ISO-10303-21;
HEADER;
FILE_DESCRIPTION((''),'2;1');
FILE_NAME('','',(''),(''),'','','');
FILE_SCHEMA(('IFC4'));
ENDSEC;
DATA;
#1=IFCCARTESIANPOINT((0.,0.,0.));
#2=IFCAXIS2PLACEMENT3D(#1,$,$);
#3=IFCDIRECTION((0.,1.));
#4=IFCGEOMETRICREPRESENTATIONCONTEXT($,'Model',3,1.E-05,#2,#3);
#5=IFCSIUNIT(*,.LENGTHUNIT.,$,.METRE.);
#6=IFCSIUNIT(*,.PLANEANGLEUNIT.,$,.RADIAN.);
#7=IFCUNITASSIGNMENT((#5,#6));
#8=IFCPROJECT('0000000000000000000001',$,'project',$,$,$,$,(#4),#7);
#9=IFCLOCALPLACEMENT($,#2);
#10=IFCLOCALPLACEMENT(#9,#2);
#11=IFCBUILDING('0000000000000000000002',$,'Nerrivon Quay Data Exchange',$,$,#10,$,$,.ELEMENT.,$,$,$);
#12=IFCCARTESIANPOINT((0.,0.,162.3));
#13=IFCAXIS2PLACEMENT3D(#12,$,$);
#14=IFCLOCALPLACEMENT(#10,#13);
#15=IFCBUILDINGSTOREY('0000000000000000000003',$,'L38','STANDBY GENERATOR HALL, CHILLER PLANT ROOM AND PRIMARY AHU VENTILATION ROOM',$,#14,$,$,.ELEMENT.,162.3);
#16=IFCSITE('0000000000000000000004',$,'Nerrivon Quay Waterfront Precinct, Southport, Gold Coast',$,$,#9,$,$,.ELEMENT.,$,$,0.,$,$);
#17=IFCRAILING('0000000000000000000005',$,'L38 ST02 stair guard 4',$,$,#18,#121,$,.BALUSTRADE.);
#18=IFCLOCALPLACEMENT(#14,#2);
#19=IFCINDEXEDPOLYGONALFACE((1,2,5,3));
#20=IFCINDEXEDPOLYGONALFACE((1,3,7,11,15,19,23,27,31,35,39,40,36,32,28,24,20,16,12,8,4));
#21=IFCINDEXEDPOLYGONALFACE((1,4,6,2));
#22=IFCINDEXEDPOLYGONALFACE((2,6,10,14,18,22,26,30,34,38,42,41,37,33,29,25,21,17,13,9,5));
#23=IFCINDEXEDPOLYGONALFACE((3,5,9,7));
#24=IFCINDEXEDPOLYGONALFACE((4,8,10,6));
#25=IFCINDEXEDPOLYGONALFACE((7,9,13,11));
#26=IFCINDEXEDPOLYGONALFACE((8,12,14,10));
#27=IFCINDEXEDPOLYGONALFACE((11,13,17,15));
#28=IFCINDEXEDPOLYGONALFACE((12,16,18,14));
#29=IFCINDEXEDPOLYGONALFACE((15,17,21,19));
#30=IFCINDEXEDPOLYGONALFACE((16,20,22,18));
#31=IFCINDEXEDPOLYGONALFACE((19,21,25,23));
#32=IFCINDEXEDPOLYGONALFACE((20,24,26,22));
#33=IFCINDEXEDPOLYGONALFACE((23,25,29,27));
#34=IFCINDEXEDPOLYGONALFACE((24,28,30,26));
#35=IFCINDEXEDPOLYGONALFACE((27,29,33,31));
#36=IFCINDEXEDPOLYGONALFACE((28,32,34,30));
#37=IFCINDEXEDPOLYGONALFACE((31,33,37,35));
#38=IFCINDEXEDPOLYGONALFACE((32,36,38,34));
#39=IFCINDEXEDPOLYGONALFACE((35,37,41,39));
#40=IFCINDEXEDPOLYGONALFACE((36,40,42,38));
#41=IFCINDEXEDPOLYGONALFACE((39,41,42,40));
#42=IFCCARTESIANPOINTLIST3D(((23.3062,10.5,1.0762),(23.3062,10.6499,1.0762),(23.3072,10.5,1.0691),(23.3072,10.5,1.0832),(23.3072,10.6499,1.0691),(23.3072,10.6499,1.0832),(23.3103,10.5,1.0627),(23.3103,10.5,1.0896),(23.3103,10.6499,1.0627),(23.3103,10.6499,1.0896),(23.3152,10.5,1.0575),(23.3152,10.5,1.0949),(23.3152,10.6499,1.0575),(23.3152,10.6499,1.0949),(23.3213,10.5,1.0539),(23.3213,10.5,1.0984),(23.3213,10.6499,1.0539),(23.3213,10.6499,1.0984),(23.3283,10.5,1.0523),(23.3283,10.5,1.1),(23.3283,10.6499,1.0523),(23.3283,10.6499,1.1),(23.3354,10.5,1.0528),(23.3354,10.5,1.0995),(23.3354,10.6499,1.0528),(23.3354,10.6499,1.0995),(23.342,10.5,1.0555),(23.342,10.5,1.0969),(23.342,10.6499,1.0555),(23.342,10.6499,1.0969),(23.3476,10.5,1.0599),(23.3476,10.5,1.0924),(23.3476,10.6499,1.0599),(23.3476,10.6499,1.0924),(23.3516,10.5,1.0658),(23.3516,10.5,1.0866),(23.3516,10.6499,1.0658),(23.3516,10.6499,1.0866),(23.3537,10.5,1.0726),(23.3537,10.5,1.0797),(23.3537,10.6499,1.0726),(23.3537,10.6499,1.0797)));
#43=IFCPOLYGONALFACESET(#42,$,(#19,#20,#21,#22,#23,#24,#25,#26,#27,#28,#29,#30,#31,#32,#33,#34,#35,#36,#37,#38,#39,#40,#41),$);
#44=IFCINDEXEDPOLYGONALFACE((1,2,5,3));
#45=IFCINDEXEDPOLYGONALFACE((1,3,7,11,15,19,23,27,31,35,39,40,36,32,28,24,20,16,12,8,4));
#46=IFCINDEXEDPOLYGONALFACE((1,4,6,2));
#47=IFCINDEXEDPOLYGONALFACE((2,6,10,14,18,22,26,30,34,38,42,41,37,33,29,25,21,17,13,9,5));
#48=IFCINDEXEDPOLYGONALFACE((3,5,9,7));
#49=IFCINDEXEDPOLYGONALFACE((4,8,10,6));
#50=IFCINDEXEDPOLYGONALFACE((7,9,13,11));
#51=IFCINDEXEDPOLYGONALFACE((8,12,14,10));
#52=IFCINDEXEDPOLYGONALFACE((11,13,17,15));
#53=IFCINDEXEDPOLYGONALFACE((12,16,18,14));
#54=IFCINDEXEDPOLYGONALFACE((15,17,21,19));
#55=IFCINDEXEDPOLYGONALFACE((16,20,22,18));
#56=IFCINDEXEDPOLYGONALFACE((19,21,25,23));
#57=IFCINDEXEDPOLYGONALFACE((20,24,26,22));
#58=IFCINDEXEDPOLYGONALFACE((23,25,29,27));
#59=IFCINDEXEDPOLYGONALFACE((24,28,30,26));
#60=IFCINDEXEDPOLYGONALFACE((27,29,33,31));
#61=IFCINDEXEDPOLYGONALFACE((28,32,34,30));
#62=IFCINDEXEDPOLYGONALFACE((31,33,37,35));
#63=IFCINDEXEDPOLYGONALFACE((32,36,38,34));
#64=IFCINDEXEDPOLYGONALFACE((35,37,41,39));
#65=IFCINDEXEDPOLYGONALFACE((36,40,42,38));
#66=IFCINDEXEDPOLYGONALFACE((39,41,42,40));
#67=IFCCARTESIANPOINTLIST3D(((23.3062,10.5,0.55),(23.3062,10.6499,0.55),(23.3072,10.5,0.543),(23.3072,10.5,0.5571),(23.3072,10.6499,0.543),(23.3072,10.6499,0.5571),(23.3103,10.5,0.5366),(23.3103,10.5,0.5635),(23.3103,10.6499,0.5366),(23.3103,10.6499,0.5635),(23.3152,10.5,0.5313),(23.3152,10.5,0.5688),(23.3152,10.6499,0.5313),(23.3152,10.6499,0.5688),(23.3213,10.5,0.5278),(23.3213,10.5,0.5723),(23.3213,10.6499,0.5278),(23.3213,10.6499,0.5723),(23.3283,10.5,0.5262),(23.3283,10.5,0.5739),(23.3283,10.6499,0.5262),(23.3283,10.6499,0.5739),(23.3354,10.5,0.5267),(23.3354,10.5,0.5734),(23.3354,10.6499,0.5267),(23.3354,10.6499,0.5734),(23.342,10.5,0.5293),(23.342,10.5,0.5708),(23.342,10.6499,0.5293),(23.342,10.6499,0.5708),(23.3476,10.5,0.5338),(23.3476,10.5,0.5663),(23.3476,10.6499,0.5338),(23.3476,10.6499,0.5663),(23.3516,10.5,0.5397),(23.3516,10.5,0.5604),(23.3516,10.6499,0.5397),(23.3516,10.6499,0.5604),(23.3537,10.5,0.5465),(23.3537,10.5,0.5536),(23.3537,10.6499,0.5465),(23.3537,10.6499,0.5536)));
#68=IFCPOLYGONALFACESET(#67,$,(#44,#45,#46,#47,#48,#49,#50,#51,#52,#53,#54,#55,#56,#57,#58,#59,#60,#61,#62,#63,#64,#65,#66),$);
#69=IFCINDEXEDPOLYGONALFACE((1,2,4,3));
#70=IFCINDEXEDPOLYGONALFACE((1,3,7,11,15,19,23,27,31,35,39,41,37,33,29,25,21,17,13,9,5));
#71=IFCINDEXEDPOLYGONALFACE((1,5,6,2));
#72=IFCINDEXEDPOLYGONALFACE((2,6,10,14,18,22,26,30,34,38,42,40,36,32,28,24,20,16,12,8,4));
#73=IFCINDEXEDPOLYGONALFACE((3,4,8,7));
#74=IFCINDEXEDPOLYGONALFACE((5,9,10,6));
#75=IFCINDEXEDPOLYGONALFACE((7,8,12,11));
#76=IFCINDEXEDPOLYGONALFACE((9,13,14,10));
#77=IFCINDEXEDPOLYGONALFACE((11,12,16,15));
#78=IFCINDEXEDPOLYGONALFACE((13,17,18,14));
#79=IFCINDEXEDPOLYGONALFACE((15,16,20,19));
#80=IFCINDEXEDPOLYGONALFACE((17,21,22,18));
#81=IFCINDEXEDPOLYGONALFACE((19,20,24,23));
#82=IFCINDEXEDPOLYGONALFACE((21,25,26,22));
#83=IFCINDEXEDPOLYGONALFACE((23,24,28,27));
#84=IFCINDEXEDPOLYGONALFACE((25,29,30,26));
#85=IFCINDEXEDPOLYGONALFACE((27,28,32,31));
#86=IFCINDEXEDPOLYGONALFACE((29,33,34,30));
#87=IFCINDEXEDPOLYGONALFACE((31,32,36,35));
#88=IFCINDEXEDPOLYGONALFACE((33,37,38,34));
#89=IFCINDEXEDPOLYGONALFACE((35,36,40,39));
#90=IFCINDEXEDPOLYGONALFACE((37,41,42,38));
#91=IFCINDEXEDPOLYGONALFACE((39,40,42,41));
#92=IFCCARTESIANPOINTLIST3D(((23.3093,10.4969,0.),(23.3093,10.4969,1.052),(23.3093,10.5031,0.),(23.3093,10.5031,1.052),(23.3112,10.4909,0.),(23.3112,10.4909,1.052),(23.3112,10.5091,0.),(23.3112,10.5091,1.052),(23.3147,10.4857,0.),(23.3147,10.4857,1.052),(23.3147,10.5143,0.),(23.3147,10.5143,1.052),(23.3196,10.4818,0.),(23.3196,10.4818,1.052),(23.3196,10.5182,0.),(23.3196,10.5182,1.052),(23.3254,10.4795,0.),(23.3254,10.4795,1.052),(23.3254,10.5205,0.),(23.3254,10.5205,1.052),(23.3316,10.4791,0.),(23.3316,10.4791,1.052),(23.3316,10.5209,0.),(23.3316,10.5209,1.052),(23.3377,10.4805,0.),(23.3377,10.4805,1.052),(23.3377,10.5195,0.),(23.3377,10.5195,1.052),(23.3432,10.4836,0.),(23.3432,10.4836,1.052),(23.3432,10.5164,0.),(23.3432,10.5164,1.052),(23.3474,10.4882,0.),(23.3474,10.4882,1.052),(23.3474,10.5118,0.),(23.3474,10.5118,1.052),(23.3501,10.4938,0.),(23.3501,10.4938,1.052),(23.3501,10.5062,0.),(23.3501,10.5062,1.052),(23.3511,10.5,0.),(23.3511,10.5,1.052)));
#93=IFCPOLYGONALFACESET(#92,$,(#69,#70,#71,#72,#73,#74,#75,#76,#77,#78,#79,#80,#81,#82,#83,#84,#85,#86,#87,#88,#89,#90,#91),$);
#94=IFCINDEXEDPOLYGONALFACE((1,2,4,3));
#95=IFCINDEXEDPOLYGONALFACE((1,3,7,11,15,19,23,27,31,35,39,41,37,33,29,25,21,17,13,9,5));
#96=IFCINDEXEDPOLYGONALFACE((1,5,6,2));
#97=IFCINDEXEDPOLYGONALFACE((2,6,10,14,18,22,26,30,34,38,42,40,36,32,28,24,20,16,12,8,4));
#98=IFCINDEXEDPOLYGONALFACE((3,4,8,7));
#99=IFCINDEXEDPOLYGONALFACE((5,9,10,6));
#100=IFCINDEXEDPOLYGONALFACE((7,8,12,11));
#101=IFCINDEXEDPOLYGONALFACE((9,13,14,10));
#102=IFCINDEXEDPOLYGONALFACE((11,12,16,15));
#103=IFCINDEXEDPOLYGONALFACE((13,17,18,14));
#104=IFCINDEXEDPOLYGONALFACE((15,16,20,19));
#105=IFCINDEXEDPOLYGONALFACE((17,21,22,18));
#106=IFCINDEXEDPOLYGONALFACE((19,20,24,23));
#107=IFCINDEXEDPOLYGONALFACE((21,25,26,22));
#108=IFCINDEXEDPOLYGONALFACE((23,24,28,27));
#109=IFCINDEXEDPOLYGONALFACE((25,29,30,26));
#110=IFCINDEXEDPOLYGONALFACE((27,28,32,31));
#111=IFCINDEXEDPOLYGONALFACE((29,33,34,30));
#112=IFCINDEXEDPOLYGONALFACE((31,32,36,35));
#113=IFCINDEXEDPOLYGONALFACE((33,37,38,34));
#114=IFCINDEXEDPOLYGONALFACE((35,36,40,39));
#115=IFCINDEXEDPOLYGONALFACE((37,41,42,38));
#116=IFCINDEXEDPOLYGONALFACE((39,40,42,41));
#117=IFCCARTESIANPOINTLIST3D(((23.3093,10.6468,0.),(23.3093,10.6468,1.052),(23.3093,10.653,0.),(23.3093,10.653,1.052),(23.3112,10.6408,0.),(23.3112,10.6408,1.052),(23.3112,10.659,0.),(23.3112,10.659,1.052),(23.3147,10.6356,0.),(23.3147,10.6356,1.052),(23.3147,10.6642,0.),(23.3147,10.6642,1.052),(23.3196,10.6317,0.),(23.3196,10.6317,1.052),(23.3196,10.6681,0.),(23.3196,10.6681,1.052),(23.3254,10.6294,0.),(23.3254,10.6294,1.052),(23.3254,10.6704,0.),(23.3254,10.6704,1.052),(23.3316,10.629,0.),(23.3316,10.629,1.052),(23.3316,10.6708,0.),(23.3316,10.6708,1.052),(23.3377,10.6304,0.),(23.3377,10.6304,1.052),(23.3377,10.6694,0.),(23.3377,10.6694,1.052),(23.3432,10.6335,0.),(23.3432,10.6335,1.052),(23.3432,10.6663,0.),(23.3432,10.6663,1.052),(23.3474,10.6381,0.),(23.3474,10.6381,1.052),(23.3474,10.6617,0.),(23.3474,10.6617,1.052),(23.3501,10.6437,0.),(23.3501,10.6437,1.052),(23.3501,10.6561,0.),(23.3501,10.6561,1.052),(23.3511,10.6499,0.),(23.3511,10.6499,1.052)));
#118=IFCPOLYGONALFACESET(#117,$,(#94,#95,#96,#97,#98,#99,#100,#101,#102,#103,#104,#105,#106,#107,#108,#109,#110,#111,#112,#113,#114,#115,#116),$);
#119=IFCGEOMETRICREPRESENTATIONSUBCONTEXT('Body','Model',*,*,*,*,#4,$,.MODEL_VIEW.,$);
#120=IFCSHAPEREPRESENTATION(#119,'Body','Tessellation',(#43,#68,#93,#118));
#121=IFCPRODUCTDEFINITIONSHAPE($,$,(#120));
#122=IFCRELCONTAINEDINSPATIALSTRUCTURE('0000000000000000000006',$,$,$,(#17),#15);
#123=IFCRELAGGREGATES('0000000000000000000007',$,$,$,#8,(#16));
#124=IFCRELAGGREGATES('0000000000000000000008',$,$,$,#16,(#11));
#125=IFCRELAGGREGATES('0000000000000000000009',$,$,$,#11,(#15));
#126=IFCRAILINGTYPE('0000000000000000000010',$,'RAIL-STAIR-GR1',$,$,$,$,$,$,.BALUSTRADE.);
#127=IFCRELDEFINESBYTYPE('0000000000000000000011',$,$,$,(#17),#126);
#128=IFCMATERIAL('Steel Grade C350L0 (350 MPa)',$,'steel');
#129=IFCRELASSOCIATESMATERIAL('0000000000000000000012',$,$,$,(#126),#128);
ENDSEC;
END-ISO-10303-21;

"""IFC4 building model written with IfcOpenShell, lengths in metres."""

from ifc_helpers import new_model, si_unit, direction, frame, origin, origin_2d, place, context, subcontext, project, spatial, circle, extrude, material, type_object, element, save


model = new_model("IFC4")

# Units and contexts
model_context = context("Model", 3, precision=1e-05, world=origin(), true_north=direction((0.0, 1.0)))
body_context = subcontext(model_context, "Body", "Model", "MODEL_VIEW")
ifc_project = project(units=[si_unit("LENGTHUNIT", "METRE"), si_unit("PLANEANGLEUNIT", "RADIAN")], contexts=[model_context])

# Site, building, storey
site_placement = place(None, origin())
site = spatial("IfcSite", under=ifc_project, at=site_placement, Name="Nerrivon Quay Waterfront Precinct, Southport, Gold Coast", CompositionType="ELEMENT", RefElevation=0.0)
building_placement = place(site_placement, origin())
building = spatial("IfcBuilding", under=site, at=building_placement, Name="Nerrivon Quay Data Exchange", CompositionType="ELEMENT")
storey_placement = place(building_placement, frame((0.0, 0.0, 162.3)))
storey = spatial("IfcBuildingStorey", under=building, at=storey_placement, Name="L38", Description="STANDBY GENERATOR HALL, CHILLER PLANT ROOM AND PRIMARY AHU VENTILATION ROOM", CompositionType="ELEMENT", Elevation=162.3)

# Railing
ifc_material_1 = material(Name="Steel Grade C350L0 (350 MPa)", Category="steel")
railing_type_1 = type_object("IfcRailingType", Name="RAIL-STAIR-GR1", PredefinedType="BALUSTRADE", material=ifc_material_1)
railing_1_placement = place(storey_placement, frame((23.3301, 10.5, 0.0)))
element("IfcRailing", 1, at=railing_1_placement, inside=storey, type_object=railing_type_1, Name="L38 ST02 stair guard 4", PredefinedType="BALUSTRADE", context=body_context, shape_type="SweptSolid", body=[
    extrude(circle(Radius=0.0239, at=origin_2d()), frame((0.0, 0.0, 1.0762), z_axis=(0.0, 1.0, 0.0), x_axis=(-1.0, 0.0, 0.0)), (0.0, 0.0, 1.0), 0.1499),
    extrude(circle(Radius=0.0239, at=origin_2d()), frame((0.0, 0.0, 0.55), z_axis=(0.0, 1.0, 0.0), x_axis=(-1.0, 0.0, 0.0)), (0.0, 0.0, 1.0), 0.1499),
    extrude(circle(Radius=0.021, at=origin_2d()), origin(), (0.0, 0.0, 1.0), 1.052),
    extrude(circle(Radius=0.021, at=origin_2d()), frame((0.0, 0.1499, 0.0)), (0.0, 0.0, 1.0), 1.052),
])

save(model, "model.ifc")
